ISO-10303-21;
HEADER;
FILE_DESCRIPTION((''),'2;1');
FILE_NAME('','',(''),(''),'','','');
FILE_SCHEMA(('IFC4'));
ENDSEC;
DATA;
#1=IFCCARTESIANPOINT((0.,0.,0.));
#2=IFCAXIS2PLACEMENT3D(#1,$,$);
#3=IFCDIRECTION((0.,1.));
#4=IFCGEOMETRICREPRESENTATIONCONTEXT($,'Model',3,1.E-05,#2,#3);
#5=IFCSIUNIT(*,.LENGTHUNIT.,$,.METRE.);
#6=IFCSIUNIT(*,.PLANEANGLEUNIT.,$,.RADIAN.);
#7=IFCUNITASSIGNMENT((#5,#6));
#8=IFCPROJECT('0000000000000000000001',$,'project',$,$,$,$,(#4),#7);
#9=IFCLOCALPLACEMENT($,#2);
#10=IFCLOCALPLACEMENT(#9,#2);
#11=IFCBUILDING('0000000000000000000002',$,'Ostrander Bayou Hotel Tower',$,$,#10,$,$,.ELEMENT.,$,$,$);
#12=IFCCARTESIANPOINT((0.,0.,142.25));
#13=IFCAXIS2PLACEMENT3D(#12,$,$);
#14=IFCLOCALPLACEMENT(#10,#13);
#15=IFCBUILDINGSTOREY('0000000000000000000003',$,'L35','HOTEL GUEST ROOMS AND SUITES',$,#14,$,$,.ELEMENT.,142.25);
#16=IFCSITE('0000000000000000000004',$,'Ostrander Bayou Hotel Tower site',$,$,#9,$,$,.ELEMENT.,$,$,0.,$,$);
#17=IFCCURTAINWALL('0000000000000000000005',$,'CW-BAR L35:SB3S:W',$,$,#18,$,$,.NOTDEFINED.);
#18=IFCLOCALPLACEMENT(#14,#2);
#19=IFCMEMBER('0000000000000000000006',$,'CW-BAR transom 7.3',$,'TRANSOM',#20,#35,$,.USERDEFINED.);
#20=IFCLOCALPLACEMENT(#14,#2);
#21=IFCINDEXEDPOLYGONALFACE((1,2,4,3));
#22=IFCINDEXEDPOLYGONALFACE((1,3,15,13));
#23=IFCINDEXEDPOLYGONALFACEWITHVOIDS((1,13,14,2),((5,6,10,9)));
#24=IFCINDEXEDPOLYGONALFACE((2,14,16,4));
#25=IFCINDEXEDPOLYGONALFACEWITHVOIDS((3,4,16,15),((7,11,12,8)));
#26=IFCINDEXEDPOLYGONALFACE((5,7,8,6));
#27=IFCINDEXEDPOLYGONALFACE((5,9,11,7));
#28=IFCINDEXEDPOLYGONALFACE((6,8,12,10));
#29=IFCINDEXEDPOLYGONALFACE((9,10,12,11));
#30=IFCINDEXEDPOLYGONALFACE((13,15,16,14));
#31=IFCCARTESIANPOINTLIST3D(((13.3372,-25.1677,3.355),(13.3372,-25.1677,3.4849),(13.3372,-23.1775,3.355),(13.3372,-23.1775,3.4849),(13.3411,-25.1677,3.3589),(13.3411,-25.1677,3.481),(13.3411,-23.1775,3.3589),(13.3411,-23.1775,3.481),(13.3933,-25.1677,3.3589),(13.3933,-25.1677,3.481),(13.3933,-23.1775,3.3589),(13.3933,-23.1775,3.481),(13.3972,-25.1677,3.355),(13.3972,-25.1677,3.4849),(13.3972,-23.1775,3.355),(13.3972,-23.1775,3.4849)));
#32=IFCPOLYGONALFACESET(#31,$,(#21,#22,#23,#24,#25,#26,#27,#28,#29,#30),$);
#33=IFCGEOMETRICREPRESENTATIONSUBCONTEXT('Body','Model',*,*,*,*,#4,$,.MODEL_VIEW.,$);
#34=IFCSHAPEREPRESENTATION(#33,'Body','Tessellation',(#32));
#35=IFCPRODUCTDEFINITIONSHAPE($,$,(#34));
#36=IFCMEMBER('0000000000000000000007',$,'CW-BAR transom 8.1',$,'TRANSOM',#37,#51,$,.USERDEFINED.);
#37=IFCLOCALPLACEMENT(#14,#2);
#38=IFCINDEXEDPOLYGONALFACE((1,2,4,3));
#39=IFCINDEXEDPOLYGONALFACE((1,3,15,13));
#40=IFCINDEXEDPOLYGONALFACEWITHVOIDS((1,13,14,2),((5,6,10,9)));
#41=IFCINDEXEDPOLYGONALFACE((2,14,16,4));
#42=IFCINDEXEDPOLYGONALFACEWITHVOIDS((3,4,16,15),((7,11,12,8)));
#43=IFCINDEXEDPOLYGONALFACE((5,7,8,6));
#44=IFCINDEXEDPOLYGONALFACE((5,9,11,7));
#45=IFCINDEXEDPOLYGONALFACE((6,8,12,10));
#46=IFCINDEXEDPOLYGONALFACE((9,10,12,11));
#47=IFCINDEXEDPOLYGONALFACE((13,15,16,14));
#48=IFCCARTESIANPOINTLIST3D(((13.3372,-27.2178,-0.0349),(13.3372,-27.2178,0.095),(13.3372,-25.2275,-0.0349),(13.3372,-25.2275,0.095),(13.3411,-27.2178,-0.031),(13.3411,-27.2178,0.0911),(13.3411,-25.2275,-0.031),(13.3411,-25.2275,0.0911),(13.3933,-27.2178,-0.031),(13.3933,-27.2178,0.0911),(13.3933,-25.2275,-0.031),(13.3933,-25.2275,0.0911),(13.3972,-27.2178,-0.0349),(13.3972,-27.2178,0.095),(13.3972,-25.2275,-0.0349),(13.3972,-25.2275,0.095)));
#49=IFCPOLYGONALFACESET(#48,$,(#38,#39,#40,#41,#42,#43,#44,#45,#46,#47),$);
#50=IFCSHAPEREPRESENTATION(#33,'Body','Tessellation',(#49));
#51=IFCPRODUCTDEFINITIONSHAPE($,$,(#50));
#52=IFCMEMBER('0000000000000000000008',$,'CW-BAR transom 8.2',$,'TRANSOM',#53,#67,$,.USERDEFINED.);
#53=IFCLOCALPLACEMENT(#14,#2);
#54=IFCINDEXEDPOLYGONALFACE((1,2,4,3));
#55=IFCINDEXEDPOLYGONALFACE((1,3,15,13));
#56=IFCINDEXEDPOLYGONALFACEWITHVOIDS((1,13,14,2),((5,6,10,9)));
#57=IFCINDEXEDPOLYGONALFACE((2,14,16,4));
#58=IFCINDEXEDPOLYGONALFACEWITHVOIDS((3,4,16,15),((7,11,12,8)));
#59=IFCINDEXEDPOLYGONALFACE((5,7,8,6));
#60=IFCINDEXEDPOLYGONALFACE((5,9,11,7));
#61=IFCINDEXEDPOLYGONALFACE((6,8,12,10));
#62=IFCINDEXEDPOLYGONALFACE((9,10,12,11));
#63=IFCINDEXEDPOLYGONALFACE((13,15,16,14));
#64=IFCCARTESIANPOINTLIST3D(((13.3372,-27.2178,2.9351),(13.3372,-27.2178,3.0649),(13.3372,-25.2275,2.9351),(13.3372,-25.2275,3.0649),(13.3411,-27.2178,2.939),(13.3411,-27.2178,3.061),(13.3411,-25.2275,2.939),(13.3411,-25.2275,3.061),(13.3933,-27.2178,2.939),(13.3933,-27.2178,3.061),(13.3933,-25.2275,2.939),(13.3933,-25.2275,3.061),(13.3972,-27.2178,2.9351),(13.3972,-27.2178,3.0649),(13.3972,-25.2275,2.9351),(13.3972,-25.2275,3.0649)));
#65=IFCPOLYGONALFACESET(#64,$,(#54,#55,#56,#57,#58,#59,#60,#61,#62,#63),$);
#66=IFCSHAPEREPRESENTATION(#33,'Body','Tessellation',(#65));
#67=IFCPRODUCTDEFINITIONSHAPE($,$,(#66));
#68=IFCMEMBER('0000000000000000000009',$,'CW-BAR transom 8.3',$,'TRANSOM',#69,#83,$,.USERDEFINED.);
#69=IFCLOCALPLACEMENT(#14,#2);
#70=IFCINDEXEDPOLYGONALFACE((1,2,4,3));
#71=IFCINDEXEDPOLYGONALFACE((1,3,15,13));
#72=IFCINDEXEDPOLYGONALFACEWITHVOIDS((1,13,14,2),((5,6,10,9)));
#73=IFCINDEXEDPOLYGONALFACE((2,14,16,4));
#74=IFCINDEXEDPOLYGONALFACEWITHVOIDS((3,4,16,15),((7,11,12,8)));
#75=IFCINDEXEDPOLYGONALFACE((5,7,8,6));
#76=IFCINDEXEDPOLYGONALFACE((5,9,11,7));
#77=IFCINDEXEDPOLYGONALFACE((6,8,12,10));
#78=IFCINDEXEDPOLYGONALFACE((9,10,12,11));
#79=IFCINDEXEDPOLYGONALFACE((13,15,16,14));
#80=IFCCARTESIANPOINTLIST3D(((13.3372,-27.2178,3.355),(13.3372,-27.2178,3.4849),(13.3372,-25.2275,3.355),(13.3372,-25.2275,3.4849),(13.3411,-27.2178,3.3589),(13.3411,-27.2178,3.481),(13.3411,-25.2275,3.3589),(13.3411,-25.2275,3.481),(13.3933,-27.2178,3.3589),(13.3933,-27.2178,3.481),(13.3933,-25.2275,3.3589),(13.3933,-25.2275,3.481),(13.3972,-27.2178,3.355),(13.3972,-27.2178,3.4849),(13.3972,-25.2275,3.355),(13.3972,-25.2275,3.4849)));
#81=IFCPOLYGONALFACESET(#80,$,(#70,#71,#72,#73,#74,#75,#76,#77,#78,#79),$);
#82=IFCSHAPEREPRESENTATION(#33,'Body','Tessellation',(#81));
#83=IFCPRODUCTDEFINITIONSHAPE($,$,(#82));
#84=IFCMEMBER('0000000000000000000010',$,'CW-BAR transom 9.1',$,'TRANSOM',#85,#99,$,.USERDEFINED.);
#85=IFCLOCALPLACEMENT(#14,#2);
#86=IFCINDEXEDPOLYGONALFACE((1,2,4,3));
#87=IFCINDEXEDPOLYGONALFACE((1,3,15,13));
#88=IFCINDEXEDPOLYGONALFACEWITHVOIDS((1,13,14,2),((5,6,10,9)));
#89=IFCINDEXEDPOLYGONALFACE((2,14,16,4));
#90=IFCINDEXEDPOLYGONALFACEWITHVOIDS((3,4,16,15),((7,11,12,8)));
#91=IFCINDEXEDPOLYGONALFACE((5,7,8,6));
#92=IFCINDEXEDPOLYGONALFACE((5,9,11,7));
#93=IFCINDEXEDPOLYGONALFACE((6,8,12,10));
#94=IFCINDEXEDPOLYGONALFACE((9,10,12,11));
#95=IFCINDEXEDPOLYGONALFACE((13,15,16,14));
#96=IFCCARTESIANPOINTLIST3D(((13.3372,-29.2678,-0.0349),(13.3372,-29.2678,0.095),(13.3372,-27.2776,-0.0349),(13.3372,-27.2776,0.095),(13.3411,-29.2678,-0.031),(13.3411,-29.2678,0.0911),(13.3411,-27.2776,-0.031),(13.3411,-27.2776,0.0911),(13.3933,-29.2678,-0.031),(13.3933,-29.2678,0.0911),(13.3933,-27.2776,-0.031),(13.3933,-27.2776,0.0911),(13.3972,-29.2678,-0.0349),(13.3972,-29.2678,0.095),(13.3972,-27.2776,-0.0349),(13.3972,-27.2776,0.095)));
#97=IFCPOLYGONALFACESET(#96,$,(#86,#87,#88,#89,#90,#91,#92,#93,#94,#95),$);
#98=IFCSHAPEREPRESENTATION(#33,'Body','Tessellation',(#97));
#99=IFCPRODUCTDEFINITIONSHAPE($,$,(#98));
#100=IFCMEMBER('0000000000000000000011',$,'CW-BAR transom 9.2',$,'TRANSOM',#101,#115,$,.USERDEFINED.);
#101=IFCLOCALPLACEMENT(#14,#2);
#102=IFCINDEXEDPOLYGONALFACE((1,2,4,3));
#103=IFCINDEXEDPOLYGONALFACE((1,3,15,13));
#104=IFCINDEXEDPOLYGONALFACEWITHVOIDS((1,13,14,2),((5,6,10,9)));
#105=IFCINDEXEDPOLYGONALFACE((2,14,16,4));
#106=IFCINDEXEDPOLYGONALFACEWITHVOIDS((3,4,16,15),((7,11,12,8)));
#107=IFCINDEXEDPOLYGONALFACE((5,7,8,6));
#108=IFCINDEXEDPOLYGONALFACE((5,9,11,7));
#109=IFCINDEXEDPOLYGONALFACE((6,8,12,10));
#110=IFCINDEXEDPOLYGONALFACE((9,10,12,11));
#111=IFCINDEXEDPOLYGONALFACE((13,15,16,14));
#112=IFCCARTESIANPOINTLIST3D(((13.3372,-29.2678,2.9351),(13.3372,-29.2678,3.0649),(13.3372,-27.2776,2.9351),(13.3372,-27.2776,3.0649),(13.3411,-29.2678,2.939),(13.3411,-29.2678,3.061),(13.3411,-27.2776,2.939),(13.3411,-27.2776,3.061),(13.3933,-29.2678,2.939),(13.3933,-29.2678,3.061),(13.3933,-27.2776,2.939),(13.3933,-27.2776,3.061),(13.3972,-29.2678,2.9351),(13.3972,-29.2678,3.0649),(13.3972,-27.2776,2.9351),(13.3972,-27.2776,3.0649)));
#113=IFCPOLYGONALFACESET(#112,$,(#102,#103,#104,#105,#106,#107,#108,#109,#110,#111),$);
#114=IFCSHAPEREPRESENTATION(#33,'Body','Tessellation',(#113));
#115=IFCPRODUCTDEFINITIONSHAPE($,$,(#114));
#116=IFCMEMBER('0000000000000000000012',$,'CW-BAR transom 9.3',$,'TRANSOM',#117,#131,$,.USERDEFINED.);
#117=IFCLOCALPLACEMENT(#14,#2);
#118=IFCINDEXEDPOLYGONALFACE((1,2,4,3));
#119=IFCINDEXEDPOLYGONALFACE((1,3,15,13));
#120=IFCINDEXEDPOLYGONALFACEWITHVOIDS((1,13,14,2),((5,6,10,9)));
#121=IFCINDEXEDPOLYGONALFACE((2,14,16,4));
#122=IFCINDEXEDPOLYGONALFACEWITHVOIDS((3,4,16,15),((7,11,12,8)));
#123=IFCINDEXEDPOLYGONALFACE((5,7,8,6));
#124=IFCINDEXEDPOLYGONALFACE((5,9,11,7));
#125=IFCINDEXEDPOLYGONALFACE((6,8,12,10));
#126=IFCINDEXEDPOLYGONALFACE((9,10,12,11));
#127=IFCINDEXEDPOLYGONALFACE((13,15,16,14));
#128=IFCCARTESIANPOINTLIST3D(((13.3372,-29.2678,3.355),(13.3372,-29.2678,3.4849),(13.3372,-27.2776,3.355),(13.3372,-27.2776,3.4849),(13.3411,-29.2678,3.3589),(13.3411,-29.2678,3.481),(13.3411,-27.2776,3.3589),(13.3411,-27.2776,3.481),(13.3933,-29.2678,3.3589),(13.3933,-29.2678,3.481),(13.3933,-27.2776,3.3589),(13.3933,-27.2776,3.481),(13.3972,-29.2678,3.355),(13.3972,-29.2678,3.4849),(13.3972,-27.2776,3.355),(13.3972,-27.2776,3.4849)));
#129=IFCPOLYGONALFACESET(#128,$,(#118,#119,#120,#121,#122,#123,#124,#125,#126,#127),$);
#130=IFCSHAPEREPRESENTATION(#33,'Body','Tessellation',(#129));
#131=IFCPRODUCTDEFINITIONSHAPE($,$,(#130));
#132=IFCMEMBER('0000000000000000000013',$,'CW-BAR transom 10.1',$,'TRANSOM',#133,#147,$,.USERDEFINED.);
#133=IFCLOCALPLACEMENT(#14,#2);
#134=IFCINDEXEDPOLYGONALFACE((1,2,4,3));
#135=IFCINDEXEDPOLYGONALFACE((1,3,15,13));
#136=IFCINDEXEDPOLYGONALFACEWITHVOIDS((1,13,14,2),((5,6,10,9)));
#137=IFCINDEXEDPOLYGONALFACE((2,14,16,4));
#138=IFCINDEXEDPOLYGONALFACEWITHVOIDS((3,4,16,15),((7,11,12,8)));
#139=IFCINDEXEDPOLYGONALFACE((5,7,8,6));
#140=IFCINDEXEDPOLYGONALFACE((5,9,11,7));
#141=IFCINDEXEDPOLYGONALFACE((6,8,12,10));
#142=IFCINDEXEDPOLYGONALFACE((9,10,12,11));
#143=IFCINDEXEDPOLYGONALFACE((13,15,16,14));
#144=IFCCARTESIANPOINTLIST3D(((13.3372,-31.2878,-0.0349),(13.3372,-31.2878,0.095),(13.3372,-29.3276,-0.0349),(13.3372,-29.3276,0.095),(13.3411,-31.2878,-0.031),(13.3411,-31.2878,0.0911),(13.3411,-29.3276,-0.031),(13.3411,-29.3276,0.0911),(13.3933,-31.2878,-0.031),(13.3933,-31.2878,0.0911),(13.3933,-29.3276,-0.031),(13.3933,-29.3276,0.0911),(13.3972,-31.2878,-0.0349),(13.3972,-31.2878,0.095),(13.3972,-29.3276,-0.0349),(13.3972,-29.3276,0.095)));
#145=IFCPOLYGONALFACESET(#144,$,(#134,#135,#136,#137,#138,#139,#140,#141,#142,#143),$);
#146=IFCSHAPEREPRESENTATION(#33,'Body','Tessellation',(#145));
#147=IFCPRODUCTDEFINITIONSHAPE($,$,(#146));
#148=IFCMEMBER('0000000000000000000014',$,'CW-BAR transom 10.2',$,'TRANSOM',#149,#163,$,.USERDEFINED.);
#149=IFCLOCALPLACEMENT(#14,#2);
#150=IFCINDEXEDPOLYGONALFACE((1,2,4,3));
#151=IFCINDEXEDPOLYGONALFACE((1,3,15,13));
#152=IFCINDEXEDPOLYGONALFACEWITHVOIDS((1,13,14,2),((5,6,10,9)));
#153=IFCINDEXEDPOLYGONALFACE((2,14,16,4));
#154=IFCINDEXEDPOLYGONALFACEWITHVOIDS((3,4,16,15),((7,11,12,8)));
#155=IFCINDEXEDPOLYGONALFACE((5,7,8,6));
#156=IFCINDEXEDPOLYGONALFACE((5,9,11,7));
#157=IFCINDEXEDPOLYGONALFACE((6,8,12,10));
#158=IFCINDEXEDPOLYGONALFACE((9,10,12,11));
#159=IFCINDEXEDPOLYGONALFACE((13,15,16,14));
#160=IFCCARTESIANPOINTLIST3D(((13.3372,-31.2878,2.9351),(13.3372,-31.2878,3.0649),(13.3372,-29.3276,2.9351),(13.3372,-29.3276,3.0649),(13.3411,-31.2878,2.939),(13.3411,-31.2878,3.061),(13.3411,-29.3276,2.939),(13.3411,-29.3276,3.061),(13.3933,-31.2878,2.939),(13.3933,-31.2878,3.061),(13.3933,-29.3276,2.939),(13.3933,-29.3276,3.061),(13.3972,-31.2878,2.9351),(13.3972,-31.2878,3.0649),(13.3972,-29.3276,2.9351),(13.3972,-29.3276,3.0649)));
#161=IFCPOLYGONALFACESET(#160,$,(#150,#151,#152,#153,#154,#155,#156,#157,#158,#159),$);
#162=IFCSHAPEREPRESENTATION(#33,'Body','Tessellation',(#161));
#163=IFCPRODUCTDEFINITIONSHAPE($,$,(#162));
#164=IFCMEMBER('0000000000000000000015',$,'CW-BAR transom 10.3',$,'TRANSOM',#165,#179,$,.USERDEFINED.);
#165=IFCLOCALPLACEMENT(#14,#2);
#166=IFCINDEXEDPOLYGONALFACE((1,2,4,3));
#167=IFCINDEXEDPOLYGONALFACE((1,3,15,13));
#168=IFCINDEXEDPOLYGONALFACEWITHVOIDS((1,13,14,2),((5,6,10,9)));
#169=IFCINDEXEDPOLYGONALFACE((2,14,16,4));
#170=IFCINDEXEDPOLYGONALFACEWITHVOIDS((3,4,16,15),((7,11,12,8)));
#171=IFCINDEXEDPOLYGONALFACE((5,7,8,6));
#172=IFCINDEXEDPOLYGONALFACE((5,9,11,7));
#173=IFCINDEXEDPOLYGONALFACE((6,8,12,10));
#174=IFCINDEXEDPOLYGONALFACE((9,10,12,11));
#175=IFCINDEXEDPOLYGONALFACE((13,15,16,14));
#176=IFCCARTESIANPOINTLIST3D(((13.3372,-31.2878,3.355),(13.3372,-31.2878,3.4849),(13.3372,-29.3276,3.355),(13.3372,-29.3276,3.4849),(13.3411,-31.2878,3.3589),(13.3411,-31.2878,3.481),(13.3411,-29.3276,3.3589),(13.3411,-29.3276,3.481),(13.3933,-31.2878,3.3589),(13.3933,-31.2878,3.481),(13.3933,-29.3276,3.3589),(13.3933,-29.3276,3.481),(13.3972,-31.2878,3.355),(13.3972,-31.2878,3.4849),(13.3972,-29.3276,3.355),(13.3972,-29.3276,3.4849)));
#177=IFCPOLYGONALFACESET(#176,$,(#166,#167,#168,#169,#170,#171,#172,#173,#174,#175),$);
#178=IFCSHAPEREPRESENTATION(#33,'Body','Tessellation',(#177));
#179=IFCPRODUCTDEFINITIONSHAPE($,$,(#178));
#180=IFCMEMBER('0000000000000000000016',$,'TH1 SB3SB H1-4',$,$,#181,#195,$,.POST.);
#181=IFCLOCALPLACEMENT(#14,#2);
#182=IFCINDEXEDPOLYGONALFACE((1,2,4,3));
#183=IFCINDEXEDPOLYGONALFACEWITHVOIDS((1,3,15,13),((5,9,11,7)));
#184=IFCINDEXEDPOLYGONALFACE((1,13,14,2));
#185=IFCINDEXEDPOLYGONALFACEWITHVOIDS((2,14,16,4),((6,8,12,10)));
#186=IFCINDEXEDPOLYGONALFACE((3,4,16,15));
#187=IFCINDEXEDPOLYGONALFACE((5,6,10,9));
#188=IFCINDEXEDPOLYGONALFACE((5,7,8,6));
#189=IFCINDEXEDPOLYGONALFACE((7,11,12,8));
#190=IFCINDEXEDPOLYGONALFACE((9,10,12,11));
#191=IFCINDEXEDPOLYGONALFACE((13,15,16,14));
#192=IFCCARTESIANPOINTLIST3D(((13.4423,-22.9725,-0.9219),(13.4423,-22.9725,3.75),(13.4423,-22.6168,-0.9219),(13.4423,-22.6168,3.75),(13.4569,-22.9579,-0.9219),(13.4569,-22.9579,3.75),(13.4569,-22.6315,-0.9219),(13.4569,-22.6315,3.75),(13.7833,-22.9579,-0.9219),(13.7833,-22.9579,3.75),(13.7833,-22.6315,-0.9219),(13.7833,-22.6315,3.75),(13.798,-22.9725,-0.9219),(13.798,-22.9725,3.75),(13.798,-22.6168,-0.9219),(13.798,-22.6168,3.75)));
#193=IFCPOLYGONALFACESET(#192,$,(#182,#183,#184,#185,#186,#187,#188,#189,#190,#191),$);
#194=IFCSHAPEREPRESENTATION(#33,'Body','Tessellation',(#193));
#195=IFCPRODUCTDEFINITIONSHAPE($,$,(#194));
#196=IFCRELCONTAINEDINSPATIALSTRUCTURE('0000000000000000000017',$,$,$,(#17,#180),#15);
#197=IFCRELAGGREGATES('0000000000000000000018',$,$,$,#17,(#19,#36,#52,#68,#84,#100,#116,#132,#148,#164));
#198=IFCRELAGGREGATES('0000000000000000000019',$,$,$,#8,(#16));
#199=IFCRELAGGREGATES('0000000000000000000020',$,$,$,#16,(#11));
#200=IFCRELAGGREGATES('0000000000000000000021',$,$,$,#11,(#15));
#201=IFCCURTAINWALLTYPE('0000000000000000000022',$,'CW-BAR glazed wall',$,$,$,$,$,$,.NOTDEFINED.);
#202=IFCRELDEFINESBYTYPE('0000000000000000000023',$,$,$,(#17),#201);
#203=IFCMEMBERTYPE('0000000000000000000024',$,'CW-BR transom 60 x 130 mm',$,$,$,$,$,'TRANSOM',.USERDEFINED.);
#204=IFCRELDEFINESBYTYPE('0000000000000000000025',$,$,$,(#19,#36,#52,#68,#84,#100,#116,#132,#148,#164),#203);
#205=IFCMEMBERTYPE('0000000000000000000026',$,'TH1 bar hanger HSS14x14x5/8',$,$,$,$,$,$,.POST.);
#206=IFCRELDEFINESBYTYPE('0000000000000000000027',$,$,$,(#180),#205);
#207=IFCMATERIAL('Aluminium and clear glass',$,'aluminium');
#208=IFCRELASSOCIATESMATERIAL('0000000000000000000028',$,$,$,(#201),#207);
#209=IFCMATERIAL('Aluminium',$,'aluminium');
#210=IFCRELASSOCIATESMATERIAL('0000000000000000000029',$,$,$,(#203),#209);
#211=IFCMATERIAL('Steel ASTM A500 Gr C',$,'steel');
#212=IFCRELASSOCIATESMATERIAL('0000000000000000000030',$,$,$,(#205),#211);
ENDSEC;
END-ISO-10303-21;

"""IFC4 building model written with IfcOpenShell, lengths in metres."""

from ifc_helpers import new_model, si_unit, direction, frame, origin, origin_2d, place, context, subcontext, project, spatial, hollow_rectangle, extrude, material, material_profile, profile_set, type_object, element, aggregate, save


model = new_model("IFC4")

# Units and contexts
model_context = context("Model", 3, precision=1e-05, world=origin(), true_north=direction((0.0, 1.0)))
body_context = subcontext(model_context, "Body", "Model", "MODEL_VIEW")
ifc_project = project(units=[si_unit("LENGTHUNIT", "METRE"), si_unit("PLANEANGLEUNIT", "RADIAN")], contexts=[model_context])

# Site, building, storey
site_placement = place(None, origin())
site = spatial("IfcSite", under=ifc_project, at=site_placement, Name="Ostrander Bayou Hotel Tower site", CompositionType="ELEMENT", RefElevation=0.0)
building_placement = place(site_placement, origin())
building = spatial("IfcBuilding", under=site, at=building_placement, Name="Ostrander Bayou Hotel Tower", CompositionType="ELEMENT")
storey_placement = place(building_placement, frame((0.0, 0.0, 142.25)))
storey = spatial("IfcBuildingStorey", under=building, at=storey_placement, Name="L35", Description="HOTEL GUEST ROOMS AND SUITES", CompositionType="ELEMENT", Elevation=142.25)

# Shared definitions
ifc_material_1 = material(Name="Aluminium and clear glass", Category="aluminium")
curtain_wall_type = type_object("IfcCurtainWallType", Name="CW-BAR glazed wall", PredefinedType="NOTDEFINED", material=ifc_material_1)

# Curtain wall
curtain_wall_1_placement = place(storey_placement, origin())
curtain_wall_1 = element("IfcCurtainWall", 1, at=curtain_wall_1_placement, inside=storey, type_object=curtain_wall_type, Name="CW-BAR L35:SB3S:W", PredefinedType="NOTDEFINED")

# Members
ifc_material_2 = material(Name="Aluminium", Category="aluminium")
ifc_material_profile_1 = material_profile(ifc_material_2, hollow_rectangle(XDim=0.0601, YDim=0.1299, WallThickness=0.0039, at=origin_2d()))
ifc_profile_set_1 = profile_set([ifc_material_profile_1], Name="Aluminium")
member_type_1 = type_object("IfcMemberType", Name="CW-BR transom 60 x 130 mm", ElementType="TRANSOM", PredefinedType="USERDEFINED", material=ifc_profile_set_1)
member_1_placement = place(storey_placement, frame((13.3672, -23.1775, 3.4199), z_axis=(0.0, -1.0, 0.0), x_axis=(1.0, 0.0, 0.0)))
member_1 = element("IfcMember", 2, at=member_1_placement, type_object=member_type_1, Name="CW-BAR transom 7.3", ObjectType="TRANSOM", PredefinedType="USERDEFINED", context=body_context, shape_type="SweptSolid", body=[
    extrude(hollow_rectangle(XDim=0.0601, YDim=0.1299, WallThickness=0.0039, at=origin_2d()), origin(), (0.0, 0.0, 1.0), 1.9902),
])
member_2_placement = place(storey_placement, frame((13.3672, -25.2275, 0.03), z_axis=(0.0, -1.0, 0.0), x_axis=(1.0, 0.0, 0.0)))
member_2 = element("IfcMember", 3, at=member_2_placement, type_object=member_type_1, Name="CW-BAR transom 8.1", ObjectType="TRANSOM", PredefinedType="USERDEFINED", context=body_context, shape_type="SweptSolid", body=[
    extrude(hollow_rectangle(XDim=0.0601, YDim=0.1299, WallThickness=0.0039, at=origin_2d()), origin(), (0.0, 0.0, 1.0), 1.9902),
])
member_3_placement = place(storey_placement, frame((13.3672, -25.2275, 3.0), z_axis=(0.0, -1.0, 0.0), x_axis=(1.0, 0.0, 0.0)))
member_3 = element("IfcMember", 4, at=member_3_placement, type_object=member_type_1, Name="CW-BAR transom 8.2", ObjectType="TRANSOM", PredefinedType="USERDEFINED", context=body_context, shape_type="SweptSolid", body=[
    extrude(hollow_rectangle(XDim=0.0601, YDim=0.1299, WallThickness=0.0039, at=origin_2d()), origin(), (0.0, 0.0, 1.0), 1.9902),
])
member_4_placement = place(storey_placement, frame((13.3672, -25.2275, 3.4199), z_axis=(0.0, -1.0, 0.0), x_axis=(1.0, 0.0, 0.0)))
member_4 = element("IfcMember", 5, at=member_4_placement, type_object=member_type_1, Name="CW-BAR transom 8.3", ObjectType="TRANSOM", PredefinedType="USERDEFINED", context=body_context, shape_type="SweptSolid", body=[
    extrude(hollow_rectangle(XDim=0.0601, YDim=0.1299, WallThickness=0.0039, at=origin_2d()), origin(), (0.0, 0.0, 1.0), 1.9902),
])
member_5_placement = place(storey_placement, frame((13.3672, -27.2776, 0.03), z_axis=(0.0, -1.0, 0.0), x_axis=(1.0, 0.0, 0.0)))
member_5 = element("IfcMember", 6, at=member_5_placement, type_object=member_type_1, Name="CW-BAR transom 9.1", ObjectType="TRANSOM", PredefinedType="USERDEFINED", context=body_context, shape_type="SweptSolid", body=[
    extrude(hollow_rectangle(XDim=0.0601, YDim=0.1299, WallThickness=0.0039, at=origin_2d()), origin(), (0.0, 0.0, 1.0), 1.9902),
])
member_6_placement = place(storey_placement, frame((13.3672, -27.2776, 3.0), z_axis=(0.0, -1.0, 0.0), x_axis=(1.0, 0.0, 0.0)))
member_6 = element("IfcMember", 7, at=member_6_placement, type_object=member_type_1, Name="CW-BAR transom 9.2", ObjectType="TRANSOM", PredefinedType="USERDEFINED", context=body_context, shape_type="SweptSolid", body=[
    extrude(hollow_rectangle(XDim=0.0601, YDim=0.1299, WallThickness=0.0039, at=origin_2d()), origin(), (0.0, 0.0, 1.0), 1.9902),
])
member_7_placement = place(storey_placement, frame((13.3672, -27.2776, 3.4199), z_axis=(0.0, -1.0, 0.0), x_axis=(1.0, 0.0, 0.0)))
member_7 = element("IfcMember", 8, at=member_7_placement, type_object=member_type_1, Name="CW-BAR transom 9.3", ObjectType="TRANSOM", PredefinedType="USERDEFINED", context=body_context, shape_type="SweptSolid", body=[
    extrude(hollow_rectangle(XDim=0.0601, YDim=0.1299, WallThickness=0.0039, at=origin_2d()), origin(), (0.0, 0.0, 1.0), 1.9902),
])
member_8_placement = place(storey_placement, frame((13.3672, -29.3276, 0.03), z_axis=(0.0, -1.0, 0.0), x_axis=(1.0, 0.0, 0.0)))
member_8 = element("IfcMember", 9, at=member_8_placement, type_object=member_type_1, Name="CW-BAR transom 10.1", ObjectType="TRANSOM", PredefinedType="USERDEFINED", context=body_context, shape_type="SweptSolid", body=[
    extrude(hollow_rectangle(XDim=0.0601, YDim=0.1299, WallThickness=0.0039, at=origin_2d()), origin(), (0.0, 0.0, 1.0), 1.9602),
])
member_9_placement = place(storey_placement, frame((13.3672, -29.3276, 3.0), z_axis=(0.0, -1.0, 0.0), x_axis=(1.0, 0.0, 0.0)))
member_9 = element("IfcMember", 10, at=member_9_placement, type_object=member_type_1, Name="CW-BAR transom 10.2", ObjectType="TRANSOM", PredefinedType="USERDEFINED", context=body_context, shape_type="SweptSolid", body=[
    extrude(hollow_rectangle(XDim=0.0601, YDim=0.1299, WallThickness=0.0039, at=origin_2d()), origin(), (0.0, 0.0, 1.0), 1.9602),
])
member_10_placement = place(storey_placement, frame((13.3672, -29.3276, 3.4199), z_axis=(0.0, -1.0, 0.0), x_axis=(1.0, 0.0, 0.0)))
member_10 = element("IfcMember", 11, at=member_10_placement, type_object=member_type_1, Name="CW-BAR transom 10.3", ObjectType="TRANSOM", PredefinedType="USERDEFINED", context=body_context, shape_type="SweptSolid", body=[
    extrude(hollow_rectangle(XDim=0.0601, YDim=0.1299, WallThickness=0.0039, at=origin_2d()), origin(), (0.0, 0.0, 1.0), 1.9602),
])

# Member
ifc_material_3 = material(Name="Steel ASTM A500 Gr C", Category="steel")
ifc_material_profile_2 = material_profile(ifc_material_3, hollow_rectangle(XDim=0.3557, YDim=0.3557, WallThickness=0.0146, at=origin_2d()))
ifc_profile_set_2 = profile_set([ifc_material_profile_2], Name="Steel ASTM A500 Gr C")
member_type_2 = type_object("IfcMemberType", Name="TH1 bar hanger HSS14x14x5/8", PredefinedType="POST", material=ifc_profile_set_2)
for number, where, z_axis, x_axis, name in (
    (12, (13.6201, -22.7947, -0.9219), (0.0, 0.0, 1.0), (1.0, 0.0, 0.0), "TH1 SB3SB H1-4"),
):
    element("IfcMember", number, at=place(storey_placement, frame(where, z_axis=z_axis, x_axis=x_axis)), inside=storey, type_object=member_type_2, Name=name, PredefinedType="POST", context=body_context, shape_type="SweptSolid", body=[
        extrude(hollow_rectangle(XDim=0.3557, YDim=0.3557, WallThickness=0.0146, at=origin_2d()), origin(), (0.0, 0.0, 1.0), 4.6719),
    ])

aggregate(curtain_wall_1, [member_1, member_2, member_3, member_4, member_5, member_6, member_7, member_8, member_9, member_10])

save(model, "model.ifc")
